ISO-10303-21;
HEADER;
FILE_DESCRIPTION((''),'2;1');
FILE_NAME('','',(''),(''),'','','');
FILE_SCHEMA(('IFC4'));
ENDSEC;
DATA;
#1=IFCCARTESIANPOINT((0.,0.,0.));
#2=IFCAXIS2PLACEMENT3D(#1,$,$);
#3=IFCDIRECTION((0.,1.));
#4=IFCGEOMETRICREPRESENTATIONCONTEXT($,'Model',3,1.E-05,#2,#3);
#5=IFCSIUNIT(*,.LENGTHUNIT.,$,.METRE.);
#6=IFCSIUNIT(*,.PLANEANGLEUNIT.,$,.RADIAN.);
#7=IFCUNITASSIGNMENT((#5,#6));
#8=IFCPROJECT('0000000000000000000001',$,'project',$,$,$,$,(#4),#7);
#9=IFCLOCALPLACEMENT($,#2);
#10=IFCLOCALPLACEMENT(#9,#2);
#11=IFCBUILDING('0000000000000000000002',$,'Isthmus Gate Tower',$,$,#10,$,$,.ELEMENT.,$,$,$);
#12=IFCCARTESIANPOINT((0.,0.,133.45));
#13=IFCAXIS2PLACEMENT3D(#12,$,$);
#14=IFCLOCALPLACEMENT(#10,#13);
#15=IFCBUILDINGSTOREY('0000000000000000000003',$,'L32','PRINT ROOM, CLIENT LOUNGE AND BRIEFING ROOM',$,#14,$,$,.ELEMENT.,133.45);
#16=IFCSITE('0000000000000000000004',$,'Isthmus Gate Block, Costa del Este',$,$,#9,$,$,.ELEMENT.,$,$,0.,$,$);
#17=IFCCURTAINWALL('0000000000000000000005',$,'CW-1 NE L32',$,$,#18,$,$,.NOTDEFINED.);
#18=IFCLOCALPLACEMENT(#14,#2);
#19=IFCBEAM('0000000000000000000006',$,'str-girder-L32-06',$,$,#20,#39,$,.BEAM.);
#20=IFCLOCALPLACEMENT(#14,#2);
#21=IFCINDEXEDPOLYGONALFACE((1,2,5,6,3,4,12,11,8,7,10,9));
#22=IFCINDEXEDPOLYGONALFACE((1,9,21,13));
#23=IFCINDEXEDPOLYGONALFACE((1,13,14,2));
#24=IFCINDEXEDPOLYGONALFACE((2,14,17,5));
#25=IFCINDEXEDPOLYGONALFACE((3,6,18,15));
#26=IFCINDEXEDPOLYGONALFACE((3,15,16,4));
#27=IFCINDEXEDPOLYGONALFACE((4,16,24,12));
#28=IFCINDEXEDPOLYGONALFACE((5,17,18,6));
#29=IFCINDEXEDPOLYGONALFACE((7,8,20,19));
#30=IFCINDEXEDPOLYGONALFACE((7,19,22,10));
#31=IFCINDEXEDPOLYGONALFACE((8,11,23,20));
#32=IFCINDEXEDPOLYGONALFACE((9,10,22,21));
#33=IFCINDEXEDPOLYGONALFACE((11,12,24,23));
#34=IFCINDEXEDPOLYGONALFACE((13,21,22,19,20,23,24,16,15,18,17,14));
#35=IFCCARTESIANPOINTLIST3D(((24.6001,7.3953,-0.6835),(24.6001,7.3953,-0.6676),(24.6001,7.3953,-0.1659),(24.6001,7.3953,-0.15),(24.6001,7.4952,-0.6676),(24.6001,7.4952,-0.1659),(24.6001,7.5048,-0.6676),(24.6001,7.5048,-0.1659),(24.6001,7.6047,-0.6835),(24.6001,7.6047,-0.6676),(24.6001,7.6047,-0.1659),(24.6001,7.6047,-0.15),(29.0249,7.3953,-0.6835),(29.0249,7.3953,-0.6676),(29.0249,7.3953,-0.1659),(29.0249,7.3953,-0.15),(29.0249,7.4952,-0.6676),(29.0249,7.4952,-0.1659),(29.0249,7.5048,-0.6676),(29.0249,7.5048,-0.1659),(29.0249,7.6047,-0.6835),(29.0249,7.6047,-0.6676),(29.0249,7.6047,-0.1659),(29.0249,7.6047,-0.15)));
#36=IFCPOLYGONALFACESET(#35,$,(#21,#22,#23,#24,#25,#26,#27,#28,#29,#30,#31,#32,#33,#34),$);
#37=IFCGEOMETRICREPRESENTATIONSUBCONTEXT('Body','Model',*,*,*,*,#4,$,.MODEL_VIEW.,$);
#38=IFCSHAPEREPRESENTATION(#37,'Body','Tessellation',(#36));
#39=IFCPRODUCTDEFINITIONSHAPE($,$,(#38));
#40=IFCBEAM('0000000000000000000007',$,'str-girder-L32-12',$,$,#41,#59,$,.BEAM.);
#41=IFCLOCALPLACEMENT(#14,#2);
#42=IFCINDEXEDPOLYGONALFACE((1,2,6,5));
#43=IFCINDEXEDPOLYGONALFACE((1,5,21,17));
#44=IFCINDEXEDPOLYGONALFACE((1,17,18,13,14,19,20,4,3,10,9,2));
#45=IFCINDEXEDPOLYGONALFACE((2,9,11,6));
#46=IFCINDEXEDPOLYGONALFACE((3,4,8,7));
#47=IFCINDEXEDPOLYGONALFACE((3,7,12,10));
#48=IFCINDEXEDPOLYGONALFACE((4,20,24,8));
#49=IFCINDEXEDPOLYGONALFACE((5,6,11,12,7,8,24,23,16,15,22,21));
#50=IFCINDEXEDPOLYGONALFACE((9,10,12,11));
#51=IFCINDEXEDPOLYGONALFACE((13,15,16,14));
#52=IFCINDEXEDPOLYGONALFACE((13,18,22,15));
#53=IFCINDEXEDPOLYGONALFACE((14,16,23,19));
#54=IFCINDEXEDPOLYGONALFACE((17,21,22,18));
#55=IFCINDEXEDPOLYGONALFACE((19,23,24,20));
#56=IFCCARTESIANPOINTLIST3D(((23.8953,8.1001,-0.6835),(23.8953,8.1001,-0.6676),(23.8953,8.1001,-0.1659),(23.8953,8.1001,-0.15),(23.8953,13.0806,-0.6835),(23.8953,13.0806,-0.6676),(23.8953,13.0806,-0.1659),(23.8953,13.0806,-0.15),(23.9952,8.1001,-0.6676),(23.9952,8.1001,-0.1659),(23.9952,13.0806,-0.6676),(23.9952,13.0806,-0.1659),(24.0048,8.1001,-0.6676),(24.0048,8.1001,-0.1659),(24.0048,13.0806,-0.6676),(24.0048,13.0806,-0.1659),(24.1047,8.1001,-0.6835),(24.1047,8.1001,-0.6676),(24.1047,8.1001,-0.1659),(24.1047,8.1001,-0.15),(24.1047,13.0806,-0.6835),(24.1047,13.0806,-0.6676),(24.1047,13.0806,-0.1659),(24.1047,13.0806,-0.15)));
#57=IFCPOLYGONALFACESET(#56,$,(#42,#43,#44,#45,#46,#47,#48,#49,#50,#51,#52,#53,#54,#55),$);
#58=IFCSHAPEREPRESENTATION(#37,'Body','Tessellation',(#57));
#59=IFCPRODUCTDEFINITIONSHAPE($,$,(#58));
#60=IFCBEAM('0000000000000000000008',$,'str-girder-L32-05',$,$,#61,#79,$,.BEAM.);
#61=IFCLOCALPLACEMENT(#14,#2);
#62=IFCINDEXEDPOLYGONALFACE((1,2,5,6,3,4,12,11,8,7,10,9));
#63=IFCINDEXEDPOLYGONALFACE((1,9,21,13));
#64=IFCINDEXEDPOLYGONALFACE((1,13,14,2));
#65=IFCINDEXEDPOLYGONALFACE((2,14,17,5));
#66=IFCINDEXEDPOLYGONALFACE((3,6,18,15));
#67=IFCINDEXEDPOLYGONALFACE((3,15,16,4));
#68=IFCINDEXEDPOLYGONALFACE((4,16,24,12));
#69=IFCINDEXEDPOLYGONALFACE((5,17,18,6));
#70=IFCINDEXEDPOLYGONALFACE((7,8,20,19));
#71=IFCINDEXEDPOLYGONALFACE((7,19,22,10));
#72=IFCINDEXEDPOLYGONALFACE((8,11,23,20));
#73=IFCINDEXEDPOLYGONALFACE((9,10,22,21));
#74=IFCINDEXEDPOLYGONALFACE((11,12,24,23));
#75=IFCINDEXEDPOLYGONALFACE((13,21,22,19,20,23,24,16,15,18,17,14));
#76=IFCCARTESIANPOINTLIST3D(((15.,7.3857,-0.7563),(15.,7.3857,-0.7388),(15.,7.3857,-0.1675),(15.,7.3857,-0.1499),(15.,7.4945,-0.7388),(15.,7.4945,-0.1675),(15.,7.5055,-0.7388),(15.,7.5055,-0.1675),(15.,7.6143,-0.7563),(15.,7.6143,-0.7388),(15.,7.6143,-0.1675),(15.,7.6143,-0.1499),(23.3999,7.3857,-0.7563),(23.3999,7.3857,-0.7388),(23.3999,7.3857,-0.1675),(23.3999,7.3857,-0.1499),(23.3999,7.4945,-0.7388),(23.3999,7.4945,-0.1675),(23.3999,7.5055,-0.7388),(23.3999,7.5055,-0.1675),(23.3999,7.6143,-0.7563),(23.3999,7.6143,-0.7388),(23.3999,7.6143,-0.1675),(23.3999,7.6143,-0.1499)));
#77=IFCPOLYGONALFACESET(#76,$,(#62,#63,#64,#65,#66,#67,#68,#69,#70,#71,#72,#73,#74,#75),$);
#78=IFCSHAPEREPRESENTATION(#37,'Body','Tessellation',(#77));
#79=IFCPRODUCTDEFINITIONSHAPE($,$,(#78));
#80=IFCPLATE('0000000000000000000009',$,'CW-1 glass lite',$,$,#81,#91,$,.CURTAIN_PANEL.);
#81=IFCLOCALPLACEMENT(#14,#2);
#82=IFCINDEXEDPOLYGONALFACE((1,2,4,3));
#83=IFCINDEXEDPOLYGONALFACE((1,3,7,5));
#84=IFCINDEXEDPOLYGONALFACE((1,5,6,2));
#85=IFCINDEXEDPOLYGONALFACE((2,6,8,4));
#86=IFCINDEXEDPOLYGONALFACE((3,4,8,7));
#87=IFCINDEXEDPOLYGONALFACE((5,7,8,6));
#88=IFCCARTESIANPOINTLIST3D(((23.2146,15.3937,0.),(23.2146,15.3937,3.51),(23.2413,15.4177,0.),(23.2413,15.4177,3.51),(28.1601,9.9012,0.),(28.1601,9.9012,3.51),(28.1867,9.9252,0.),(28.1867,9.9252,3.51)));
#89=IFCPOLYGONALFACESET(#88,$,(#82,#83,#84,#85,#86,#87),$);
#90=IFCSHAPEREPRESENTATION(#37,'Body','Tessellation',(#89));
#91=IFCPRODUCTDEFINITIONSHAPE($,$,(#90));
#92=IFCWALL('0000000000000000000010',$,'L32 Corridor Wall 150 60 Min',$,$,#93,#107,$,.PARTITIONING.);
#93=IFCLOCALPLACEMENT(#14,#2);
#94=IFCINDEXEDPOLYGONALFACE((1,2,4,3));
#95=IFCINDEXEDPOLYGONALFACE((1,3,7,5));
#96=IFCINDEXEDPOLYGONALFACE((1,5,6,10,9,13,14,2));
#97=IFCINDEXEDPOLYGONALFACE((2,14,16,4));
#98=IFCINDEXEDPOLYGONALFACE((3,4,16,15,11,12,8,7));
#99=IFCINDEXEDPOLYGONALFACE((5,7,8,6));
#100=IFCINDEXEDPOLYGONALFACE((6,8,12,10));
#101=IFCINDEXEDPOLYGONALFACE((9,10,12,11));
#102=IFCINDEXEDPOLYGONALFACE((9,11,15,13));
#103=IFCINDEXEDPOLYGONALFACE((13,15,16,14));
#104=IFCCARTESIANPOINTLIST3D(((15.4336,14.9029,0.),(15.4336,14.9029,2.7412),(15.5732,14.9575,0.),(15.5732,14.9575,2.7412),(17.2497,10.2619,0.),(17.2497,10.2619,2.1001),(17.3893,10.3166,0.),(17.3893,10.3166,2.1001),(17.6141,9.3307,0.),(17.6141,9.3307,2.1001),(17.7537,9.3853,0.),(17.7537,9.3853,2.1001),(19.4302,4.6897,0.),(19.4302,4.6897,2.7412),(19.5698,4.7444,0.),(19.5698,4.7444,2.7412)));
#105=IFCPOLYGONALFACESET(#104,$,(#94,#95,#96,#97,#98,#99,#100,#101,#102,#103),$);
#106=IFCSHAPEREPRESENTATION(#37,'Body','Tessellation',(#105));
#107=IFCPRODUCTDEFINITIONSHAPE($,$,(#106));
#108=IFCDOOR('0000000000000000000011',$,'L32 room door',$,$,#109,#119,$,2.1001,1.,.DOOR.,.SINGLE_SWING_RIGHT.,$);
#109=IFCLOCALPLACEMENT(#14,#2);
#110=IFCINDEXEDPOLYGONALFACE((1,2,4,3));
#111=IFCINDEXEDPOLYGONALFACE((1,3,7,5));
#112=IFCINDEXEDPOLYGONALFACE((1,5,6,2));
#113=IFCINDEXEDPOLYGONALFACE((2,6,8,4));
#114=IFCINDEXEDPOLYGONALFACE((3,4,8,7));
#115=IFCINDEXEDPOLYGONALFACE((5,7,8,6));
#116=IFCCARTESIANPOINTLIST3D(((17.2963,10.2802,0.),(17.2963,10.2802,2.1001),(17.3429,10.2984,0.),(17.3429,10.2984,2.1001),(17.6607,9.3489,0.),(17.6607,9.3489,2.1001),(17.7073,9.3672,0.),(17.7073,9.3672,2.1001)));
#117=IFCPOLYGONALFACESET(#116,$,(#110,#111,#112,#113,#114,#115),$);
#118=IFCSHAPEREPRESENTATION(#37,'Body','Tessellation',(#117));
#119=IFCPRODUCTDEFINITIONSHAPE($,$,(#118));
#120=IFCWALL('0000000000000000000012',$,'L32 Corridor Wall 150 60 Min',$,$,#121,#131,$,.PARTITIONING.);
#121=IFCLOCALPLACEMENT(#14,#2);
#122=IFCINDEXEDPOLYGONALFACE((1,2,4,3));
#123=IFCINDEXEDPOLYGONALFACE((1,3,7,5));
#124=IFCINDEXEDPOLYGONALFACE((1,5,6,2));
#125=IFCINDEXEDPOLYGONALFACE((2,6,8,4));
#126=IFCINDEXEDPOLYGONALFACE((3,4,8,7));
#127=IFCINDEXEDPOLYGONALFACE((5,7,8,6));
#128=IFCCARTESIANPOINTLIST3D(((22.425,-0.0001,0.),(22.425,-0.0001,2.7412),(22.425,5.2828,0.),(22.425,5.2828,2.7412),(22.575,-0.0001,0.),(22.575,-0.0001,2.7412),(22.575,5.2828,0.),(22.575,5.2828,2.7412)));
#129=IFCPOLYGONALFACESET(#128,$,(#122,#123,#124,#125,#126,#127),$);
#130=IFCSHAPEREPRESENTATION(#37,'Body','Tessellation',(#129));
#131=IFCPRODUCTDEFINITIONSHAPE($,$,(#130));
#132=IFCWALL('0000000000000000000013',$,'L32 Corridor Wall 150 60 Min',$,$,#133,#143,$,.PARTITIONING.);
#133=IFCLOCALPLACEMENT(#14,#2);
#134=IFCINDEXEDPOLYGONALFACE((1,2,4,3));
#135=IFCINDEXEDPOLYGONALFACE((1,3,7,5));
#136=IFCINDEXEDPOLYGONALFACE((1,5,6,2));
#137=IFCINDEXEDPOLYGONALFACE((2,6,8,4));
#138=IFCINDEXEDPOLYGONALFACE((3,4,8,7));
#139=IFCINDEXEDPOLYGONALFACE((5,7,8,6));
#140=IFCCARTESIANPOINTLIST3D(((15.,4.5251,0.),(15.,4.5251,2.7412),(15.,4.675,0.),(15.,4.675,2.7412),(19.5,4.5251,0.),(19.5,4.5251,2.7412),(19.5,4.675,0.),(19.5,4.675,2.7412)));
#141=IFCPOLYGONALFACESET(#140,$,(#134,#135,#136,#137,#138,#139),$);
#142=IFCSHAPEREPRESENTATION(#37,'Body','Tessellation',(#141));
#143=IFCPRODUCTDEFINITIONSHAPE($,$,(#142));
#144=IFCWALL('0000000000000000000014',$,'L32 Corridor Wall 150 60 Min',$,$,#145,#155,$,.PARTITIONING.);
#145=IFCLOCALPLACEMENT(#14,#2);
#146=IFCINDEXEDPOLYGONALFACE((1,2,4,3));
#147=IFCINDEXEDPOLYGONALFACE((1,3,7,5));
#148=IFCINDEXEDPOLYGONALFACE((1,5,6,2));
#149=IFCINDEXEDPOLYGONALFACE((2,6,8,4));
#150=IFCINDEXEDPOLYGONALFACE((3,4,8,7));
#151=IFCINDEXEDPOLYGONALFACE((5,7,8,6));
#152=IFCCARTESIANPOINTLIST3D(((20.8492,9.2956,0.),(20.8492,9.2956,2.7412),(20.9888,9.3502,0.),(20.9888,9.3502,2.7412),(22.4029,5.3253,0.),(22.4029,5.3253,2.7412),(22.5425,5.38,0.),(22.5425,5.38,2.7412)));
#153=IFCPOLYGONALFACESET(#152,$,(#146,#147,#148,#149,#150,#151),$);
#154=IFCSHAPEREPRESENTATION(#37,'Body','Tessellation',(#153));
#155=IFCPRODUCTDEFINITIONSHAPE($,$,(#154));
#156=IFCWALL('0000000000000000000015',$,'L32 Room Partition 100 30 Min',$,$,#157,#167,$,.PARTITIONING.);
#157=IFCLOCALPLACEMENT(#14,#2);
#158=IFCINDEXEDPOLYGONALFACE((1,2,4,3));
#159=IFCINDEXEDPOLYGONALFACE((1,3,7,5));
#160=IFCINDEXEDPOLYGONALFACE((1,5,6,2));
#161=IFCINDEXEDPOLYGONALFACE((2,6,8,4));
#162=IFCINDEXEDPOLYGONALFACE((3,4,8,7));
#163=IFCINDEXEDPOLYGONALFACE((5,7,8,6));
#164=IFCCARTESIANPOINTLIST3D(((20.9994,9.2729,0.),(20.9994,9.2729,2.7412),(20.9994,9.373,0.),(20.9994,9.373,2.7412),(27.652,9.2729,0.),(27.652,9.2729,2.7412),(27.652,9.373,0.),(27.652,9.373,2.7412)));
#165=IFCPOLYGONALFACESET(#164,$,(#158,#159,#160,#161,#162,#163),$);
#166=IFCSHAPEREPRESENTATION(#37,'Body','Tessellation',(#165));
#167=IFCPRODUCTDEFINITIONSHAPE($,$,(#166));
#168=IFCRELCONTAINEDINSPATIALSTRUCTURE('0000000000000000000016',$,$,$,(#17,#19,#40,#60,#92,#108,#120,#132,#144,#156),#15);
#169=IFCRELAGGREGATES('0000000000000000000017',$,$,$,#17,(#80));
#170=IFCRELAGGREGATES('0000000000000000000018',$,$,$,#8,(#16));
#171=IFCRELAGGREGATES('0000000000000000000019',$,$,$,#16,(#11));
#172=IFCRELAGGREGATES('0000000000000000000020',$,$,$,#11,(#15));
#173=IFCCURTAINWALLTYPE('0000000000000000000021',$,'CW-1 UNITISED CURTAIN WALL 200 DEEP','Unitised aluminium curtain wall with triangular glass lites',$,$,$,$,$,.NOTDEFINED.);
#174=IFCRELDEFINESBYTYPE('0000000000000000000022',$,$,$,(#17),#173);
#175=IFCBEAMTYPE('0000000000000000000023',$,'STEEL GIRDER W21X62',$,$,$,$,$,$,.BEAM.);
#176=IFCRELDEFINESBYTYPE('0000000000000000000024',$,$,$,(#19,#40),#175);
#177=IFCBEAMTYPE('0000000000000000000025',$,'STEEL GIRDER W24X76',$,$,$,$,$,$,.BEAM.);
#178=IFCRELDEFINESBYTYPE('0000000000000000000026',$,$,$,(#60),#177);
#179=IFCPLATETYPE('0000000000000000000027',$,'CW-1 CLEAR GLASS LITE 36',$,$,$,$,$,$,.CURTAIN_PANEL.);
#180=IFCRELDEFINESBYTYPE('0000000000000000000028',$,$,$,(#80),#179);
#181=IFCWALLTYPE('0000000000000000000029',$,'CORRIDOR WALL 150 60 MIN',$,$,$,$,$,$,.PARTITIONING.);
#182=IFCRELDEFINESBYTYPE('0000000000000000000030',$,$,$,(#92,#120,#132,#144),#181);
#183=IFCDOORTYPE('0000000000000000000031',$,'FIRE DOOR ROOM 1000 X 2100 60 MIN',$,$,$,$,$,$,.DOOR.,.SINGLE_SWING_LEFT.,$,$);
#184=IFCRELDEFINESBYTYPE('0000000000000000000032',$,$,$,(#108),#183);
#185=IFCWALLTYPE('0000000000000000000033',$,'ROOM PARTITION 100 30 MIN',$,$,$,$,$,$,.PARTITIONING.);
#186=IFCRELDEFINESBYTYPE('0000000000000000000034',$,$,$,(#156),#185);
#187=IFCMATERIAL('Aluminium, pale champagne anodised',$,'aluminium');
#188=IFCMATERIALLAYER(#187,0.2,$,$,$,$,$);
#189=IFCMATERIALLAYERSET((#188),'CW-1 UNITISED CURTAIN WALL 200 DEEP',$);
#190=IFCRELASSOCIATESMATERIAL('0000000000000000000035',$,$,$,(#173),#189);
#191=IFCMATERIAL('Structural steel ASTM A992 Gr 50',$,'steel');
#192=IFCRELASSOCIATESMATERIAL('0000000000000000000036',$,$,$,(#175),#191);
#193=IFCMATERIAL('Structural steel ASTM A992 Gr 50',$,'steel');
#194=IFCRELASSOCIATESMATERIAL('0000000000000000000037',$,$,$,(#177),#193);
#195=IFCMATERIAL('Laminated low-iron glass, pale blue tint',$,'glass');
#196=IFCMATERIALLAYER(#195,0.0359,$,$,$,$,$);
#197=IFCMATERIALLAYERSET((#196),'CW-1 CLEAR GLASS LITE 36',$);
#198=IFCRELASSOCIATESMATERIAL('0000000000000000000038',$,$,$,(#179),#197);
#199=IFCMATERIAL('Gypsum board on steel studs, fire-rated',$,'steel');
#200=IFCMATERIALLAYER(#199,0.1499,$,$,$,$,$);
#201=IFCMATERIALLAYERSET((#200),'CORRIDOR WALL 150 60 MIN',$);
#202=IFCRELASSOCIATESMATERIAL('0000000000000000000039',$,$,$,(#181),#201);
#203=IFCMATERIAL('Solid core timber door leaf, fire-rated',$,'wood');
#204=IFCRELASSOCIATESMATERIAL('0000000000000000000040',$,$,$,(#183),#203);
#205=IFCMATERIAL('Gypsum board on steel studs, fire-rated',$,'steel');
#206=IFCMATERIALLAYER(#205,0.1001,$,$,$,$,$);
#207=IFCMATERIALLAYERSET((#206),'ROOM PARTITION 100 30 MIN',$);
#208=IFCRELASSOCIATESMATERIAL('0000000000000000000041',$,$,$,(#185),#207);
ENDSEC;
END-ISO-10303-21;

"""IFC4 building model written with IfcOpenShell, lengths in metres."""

from ifc_helpers import new_model, si_unit, direction, frame, frame_2d, origin, origin_2d, place, context, subcontext, project, spatial, rectangle, i_section, extrude, material, layer, layer_set, material_profile, profile_set, type_object, element, fill, aggregate, save


model = new_model("IFC4")

# Units and contexts
model_context = context("Model", 3, precision=1e-05, world=origin(), true_north=direction((0.0, 1.0)))
body_context = subcontext(model_context, "Body", "Model", "MODEL_VIEW")
ifc_project = project(units=[si_unit("LENGTHUNIT", "METRE"), si_unit("PLANEANGLEUNIT", "RADIAN")], contexts=[model_context])

# Site, building, storey
site_placement = place(None, origin())
site = spatial("IfcSite", under=ifc_project, at=site_placement, Name="Isthmus Gate Block, Costa del Este", CompositionType="ELEMENT", RefElevation=0.0)
building_placement = place(site_placement, origin())
building = spatial("IfcBuilding", under=site, at=building_placement, Name="Isthmus Gate Tower", CompositionType="ELEMENT")
storey_placement = place(building_placement, frame((0.0, 0.0, 133.45)))
storey = spatial("IfcBuildingStorey", under=building, at=storey_placement, Name="L32", Description="PRINT ROOM, CLIENT LOUNGE AND BRIEFING ROOM", CompositionType="ELEMENT", Elevation=133.45)

# Curtain wall
ifc_material_1 = material(Name="Aluminium, pale champagne anodised", Category="aluminium")
ifc_layer_1 = layer(ifc_material_1, 0.2)
ifc_layer_set_1 = layer_set([ifc_layer_1], Name="CW-1 UNITISED CURTAIN WALL 200 DEEP")
curtain_wall_type = type_object("IfcCurtainWallType", Name="CW-1 UNITISED CURTAIN WALL 200 DEEP", Description="Unitised aluminium curtain wall with triangular glass lites", PredefinedType="NOTDEFINED", material=ifc_layer_set_1)
curtain_wall_placement = place(storey_placement, origin())
curtain_wall = element("IfcCurtainWall", 1, at=curtain_wall_placement, inside=storey, type_object=curtain_wall_type, Name="CW-1 NE L32", PredefinedType="NOTDEFINED")

# Beams
ifc_material_2 = material(Name="Structural steel ASTM A992 Gr 50", Category="steel")
ifc_material_profile_1 = material_profile(ifc_material_2, i_section(OverallWidth=0.2095, OverallDepth=0.5334, WebThickness=0.0095, FlangeThickness=0.0159, at=origin_2d()), Name="W21X62")
ifc_profile_set_1 = profile_set([ifc_material_profile_1], Name="Structural steel ASTM A992 Gr 50")
beam_type_1 = type_object("IfcBeamType", Name="STEEL GIRDER W21X62", PredefinedType="BEAM", material=ifc_profile_set_1)
beam_1_placement = place(storey_placement, frame((24.6001, 7.5, -0.4167), z_axis=(1.0, 0.0, 0.0), x_axis=(0.0, 1.0, 0.0)))
element("IfcBeam", 2, at=beam_1_placement, inside=storey, type_object=beam_type_1, Name="str-girder-L32-06", PredefinedType="BEAM", context=body_context, shape_type="SweptSolid", body=[
    extrude(i_section(OverallWidth=0.2095, OverallDepth=0.5334, WebThickness=0.0095, FlangeThickness=0.0159, at=origin_2d()), origin(), (0.0, 0.0, 1.0), 4.4248),
])
beam_2_placement = place(storey_placement, frame((24.0, 8.1001, -0.4167), z_axis=(0.0, 1.0, 0.0), x_axis=(-1.0, 0.0, 0.0)))
element("IfcBeam", 3, at=beam_2_placement, inside=storey, type_object=beam_type_1, Name="str-girder-L32-12", PredefinedType="BEAM", context=body_context, shape_type="SweptSolid", body=[
    extrude(i_section(OverallWidth=0.2095, OverallDepth=0.5334, WebThickness=0.0095, FlangeThickness=0.0159, at=origin_2d()), origin(), (0.0, 0.0, 1.0), 4.9805),
])
ifc_material_3 = material(Name="Structural steel ASTM A992 Gr 50", Category="steel")
ifc_material_profile_2 = material_profile(ifc_material_3, i_section(OverallWidth=0.2285, OverallDepth=0.6064, WebThickness=0.011, FlangeThickness=0.0176, at=origin_2d()), Name="W24X76")
ifc_profile_set_2 = profile_set([ifc_material_profile_2], Name="Structural steel ASTM A992 Gr 50")
beam_type_2 = type_object("IfcBeamType", Name="STEEL GIRDER W24X76", PredefinedType="BEAM", material=ifc_profile_set_2)
beam_3_placement = place(storey_placement, frame((15.0, 7.5, -0.4531), z_axis=(1.0, 0.0, 0.0), x_axis=(0.0, 1.0, 0.0)))
element("IfcBeam", 4, at=beam_3_placement, inside=storey, type_object=beam_type_2, Name="str-girder-L32-05", PredefinedType="BEAM", context=body_context, shape_type="SweptSolid", body=[
    extrude(i_section(OverallWidth=0.2285, OverallDepth=0.6064, WebThickness=0.011, FlangeThickness=0.0176, at=origin_2d()), origin(), (0.0, 0.0, 1.0), 8.3999),
])

# Plate
ifc_material_4 = material(Name="Laminated low-iron glass, pale blue tint", Category="glass")
ifc_layer_2 = layer(ifc_material_4, 0.0359)
ifc_layer_set_2 = layer_set([ifc_layer_2], Name="CW-1 CLEAR GLASS LITE 36")
plate_type = type_object("IfcPlateType", Name="CW-1 CLEAR GLASS LITE 36", PredefinedType="CURTAIN_PANEL", material=ifc_layer_set_2)
plate_placement = place(storey_placement, frame((25.7007, 12.6594, 0.0), z_axis=(0.0, 0.0, 1.0), x_axis=(-0.669131, 0.743145, 0.0)))
plate = element("IfcPlate", 5, at=plate_placement, type_object=plate_type, Name="CW-1 glass lite", PredefinedType="CURTAIN_PANEL", context=body_context, shape_type="SweptSolid", body=[
    extrude(rectangle(XDim=7.3909, YDim=0.0359, at=origin_2d()), origin(), (0.0, 0.0, 1.0), 3.51),
])

# Wall, opening, door
ifc_material_5 = material(Name="Gypsum board on steel studs, fire-rated", Category="steel")
ifc_layer_3 = layer(ifc_material_5, 0.1499)
ifc_layer_set_3 = layer_set([ifc_layer_3], Name="CORRIDOR WALL 150 60 MIN")
wall_type_1 = type_object("IfcWallType", Name="CORRIDOR WALL 150 60 MIN", PredefinedType="PARTITIONING", material=ifc_layer_set_3)
wall_1_placement = place(storey_placement, frame((19.5, 4.717, 0.0), z_axis=(0.0, 0.0, 1.0), x_axis=(-0.36441, 0.931239, 0.0)))
wall_1 = element("IfcWall", 6, at=wall_1_placement, inside=storey, type_object=wall_type_1, Name="L32 Corridor Wall 150 60 Min", PredefinedType="PARTITIONING", context=body_context, shape_type="SweptSolid", body=[
    extrude(rectangle(XDim=10.9673, YDim=0.1499, at=frame_2d((5.4836, 0.0))), origin(), (0.0, 0.0, 1.0), 2.7412),
])
opening_placement = place(wall_1_placement, frame((4.9836, 0.0, 0.0)))
opening = element("IfcOpeningElement", 7, at=opening_placement, cuts=wall_1, PredefinedType="OPENING", context=body_context, shape_type="SweptSolid", body=[
    extrude(rectangle(XDim=1.0, YDim=2.1001, at=frame_2d((0.5, 1.05))), frame((0.0, 0.085, 0.0), z_axis=(0.0, -1.0, 0.0), x_axis=(1.0, 0.0, 0.0)), (0.0, 0.0, 1.0), 0.1699),
])
ifc_material_6 = material(Name="Solid core timber door leaf, fire-rated", Category="wood")
door_type = type_object("IfcDoorType", Name="FIRE DOOR ROOM 1000 X 2100 60 MIN", OperationType="SINGLE_SWING_LEFT", PredefinedType="DOOR", material=ifc_material_6)
door_placement = place(opening_placement, origin())
door = element("IfcDoor", 8, at=door_placement, inside=storey, type_object=door_type, Name="L32 room door", OperationType="SINGLE_SWING_RIGHT", OverallHeight=2.1001, OverallWidth=1.0, PredefinedType="DOOR", context=body_context, shape_type="SweptSolid", body=[
    extrude(rectangle(XDim=1.0, YDim=2.1001, at=frame_2d((0.5, 1.05))), frame((0.0, 0.0249, 0.0), z_axis=(0.0, -1.0, 0.0), x_axis=(1.0, 0.0, 0.0)), (0.0, 0.0, 1.0), 0.05),
])
fill(opening, door)

# Walls
wall_2_placement = place(storey_placement, frame((22.5, 5.283, 0.0), z_axis=(0.0, 0.0, 1.0), x_axis=(0.0, -1.0, 0.0)))
element("IfcWall", 9, at=wall_2_placement, inside=storey, type_object=wall_type_1, Name="L32 Corridor Wall 150 60 Min", PredefinedType="PARTITIONING", context=body_context, shape_type="SweptSolid", body=[
    extrude(rectangle(XDim=5.283, YDim=0.1499, at=frame_2d((2.6416, 0.0))), origin(), (0.0, 0.0, 1.0), 2.7412),
])
wall_3_placement = place(storey_placement, frame((15.0, 4.6001, 0.0), z_axis=(0.0, 0.0, 1.0), x_axis=(1.0, 0.0, 0.0)))
element("IfcWall", 10, at=wall_3_placement, inside=storey, type_object=wall_type_1, Name="L32 Corridor Wall 150 60 Min", PredefinedType="PARTITIONING", context=body_context, shape_type="SweptSolid", body=[
    extrude(rectangle(XDim=4.5, YDim=0.1499, at=frame_2d((2.25, 0.0))), origin(), (0.0, 0.0, 1.0), 2.7412),
])
wall_4_placement = place(storey_placement, frame((20.9189, 9.323, 0.0), z_axis=(0.0, 0.0, 1.0), x_axis=(0.36443, -0.931231, 0.0)))
element("IfcWall", 11, at=wall_4_placement, inside=storey, type_object=wall_type_1, Name="L32 Corridor Wall 150 60 Min", PredefinedType="PARTITIONING", context=body_context, shape_type="SweptSolid", body=[
    extrude(rectangle(XDim=4.2634, YDim=0.1499, at=frame_2d((2.1318, 0.0))), origin(), (0.0, 0.0, 1.0), 2.7412),
])
ifc_material_7 = material(Name="Gypsum board on steel studs, fire-rated", Category="steel")
ifc_layer_4 = layer(ifc_material_7, 0.1001)
ifc_layer_set_4 = layer_set([ifc_layer_4], Name="ROOM PARTITION 100 30 MIN")
wall_type_2 = type_object("IfcWallType", Name="ROOM PARTITION 100 30 MIN", PredefinedType="PARTITIONING", material=ifc_layer_set_4)
wall_5_placement = place(storey_placement, frame((20.9995, 9.323, 0.0), z_axis=(0.0, 0.0, 1.0), x_axis=(1.0, 0.0, 0.0)))
element("IfcWall", 12, at=wall_5_placement, inside=storey, type_object=wall_type_2, Name="L32 Room Partition 100 30 Min", PredefinedType="PARTITIONING", context=body_context, shape_type="SweptSolid", body=[
    extrude(rectangle(XDim=6.6526, YDim=0.1001, at=frame_2d((3.3262, 0.0))), origin(), (0.0, 0.0, 1.0), 2.7412),
])

aggregate(curtain_wall, [plate])

save(model, "model.ifc")
